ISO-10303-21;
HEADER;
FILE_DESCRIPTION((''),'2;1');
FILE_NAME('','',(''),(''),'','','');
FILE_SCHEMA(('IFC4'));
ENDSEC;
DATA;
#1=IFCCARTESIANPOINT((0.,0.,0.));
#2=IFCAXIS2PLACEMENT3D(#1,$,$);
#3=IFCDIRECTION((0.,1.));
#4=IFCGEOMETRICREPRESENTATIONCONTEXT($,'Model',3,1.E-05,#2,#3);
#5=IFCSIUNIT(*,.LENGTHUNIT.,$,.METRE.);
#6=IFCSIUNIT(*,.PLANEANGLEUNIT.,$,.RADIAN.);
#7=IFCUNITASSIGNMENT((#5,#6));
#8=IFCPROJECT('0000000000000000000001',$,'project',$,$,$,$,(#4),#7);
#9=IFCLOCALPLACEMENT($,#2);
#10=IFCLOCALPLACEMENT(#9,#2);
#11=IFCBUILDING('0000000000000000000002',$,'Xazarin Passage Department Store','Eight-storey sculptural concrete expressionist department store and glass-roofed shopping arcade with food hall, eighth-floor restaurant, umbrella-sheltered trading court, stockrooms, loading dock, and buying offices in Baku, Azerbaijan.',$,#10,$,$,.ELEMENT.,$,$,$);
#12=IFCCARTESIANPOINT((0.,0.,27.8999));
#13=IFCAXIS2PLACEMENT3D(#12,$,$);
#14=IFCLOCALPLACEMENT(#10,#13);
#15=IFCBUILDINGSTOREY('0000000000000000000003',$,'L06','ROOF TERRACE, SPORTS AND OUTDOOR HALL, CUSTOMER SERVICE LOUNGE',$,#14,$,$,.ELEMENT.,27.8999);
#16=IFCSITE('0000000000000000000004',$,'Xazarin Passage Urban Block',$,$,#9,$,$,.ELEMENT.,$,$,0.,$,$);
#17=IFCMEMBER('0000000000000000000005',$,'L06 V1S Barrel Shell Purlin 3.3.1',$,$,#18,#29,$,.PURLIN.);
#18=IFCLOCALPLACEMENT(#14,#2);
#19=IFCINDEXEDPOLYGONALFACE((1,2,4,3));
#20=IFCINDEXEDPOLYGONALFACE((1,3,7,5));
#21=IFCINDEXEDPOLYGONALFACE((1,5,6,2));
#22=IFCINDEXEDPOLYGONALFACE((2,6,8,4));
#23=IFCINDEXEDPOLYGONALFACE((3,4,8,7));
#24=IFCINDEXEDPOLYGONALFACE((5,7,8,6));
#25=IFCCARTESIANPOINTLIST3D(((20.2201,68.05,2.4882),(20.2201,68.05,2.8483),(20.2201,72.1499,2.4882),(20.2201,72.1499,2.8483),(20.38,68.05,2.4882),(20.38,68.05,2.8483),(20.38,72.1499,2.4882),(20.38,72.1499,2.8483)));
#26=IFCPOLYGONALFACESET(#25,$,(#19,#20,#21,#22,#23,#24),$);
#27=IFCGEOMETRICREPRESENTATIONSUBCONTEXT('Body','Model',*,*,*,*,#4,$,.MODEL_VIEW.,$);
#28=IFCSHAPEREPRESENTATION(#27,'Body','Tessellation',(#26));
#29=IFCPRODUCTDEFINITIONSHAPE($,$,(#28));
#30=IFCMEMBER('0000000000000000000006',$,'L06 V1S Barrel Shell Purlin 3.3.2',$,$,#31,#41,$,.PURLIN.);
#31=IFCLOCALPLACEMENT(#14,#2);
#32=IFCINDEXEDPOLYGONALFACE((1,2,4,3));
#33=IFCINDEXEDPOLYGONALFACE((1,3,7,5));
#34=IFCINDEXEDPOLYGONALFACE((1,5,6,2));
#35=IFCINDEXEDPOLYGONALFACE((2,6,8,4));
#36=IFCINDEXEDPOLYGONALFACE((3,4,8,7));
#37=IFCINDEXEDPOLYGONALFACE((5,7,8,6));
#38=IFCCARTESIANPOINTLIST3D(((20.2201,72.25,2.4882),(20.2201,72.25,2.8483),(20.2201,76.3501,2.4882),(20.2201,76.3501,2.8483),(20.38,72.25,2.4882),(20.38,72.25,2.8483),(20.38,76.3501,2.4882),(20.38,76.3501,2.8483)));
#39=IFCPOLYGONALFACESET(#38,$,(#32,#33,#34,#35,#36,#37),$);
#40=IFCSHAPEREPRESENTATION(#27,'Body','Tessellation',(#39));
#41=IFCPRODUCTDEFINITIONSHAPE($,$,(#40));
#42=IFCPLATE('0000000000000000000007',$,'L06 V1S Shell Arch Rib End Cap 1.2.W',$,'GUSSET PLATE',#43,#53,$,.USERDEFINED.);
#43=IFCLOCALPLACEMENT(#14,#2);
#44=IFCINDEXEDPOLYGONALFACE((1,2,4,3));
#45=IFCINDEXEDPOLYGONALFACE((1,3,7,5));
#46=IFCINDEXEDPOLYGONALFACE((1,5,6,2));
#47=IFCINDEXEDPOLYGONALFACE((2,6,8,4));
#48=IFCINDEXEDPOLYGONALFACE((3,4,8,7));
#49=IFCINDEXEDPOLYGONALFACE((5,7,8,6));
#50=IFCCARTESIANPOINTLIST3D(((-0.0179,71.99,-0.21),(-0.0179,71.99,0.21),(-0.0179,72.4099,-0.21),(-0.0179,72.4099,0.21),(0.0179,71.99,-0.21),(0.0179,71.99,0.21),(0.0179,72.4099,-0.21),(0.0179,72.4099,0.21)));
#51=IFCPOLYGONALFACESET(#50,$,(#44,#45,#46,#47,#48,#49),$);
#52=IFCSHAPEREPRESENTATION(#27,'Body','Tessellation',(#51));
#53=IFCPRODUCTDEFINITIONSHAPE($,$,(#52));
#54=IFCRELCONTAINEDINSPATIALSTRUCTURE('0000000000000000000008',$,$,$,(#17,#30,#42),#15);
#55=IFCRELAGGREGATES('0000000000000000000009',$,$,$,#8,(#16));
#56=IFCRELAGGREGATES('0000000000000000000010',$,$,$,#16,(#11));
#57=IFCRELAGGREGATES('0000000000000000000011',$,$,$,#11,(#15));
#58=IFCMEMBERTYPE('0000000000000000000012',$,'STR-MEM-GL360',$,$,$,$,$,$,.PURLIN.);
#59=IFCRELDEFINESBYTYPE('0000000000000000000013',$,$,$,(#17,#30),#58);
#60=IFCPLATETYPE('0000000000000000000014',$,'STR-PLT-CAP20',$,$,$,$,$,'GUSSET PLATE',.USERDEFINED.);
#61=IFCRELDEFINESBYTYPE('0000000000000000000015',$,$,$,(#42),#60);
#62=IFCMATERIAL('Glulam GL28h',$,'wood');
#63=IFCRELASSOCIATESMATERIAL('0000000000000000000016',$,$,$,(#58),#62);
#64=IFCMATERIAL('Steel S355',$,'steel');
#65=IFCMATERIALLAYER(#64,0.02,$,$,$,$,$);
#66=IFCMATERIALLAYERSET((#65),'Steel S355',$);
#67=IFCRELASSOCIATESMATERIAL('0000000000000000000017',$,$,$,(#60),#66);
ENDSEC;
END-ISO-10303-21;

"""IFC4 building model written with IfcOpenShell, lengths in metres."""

from ifc_helpers import new_model, si_unit, direction, frame, origin, origin_2d, place, context, subcontext, project, spatial, rectangle, extrude, material, layer, layer_set, material_profile, profile_set, type_object, element, save


model = new_model("IFC4")

# Units and contexts
model_context = context("Model", 3, precision=1e-05, world=origin(), true_north=direction((0.0, 1.0)))
body_context = subcontext(model_context, "Body", "Model", "MODEL_VIEW")
ifc_project = project(units=[si_unit("LENGTHUNIT", "METRE"), si_unit("PLANEANGLEUNIT", "RADIAN")], contexts=[model_context])

# Site, building, storey
site_placement = place(None, origin())
site = spatial("IfcSite", under=ifc_project, at=site_placement, Name="Xazarin Passage Urban Block", CompositionType="ELEMENT", RefElevation=0.0)
building_placement = place(site_placement, origin())
building = spatial("IfcBuilding", under=site, at=building_placement, Name="Xazarin Passage Department Store", Description="Eight-storey sculptural concrete expressionist department store and glass-roofed shopping arcade with food hall, eighth-floor restaurant, umbrella-sheltered trading court, stockrooms, loading dock, and buying offices in Baku, Azerbaijan.", CompositionType="ELEMENT")
storey_placement = place(building_placement, frame((0.0, 0.0, 27.8999)))
storey = spatial("IfcBuildingStorey", under=building, at=storey_placement, Name="L06", Description="ROOF TERRACE, SPORTS AND OUTDOOR HALL, CUSTOMER SERVICE LOUNGE", CompositionType="ELEMENT", Elevation=27.8999)

# Shared definitions
ifc_material_1 = material(Name="Steel S355", Category="steel")

# Members
ifc_material_2 = material(Name="Glulam GL28h", Category="wood")
ifc_material_profile_1 = material_profile(ifc_material_2, rectangle(XDim=0.1599, YDim=0.3601, at=origin_2d()), Name="GL28h 160x360")
ifc_profile_set_1 = profile_set([ifc_material_profile_1], Name="Glulam GL28h")
member_type = type_object("IfcMemberType", Name="STR-MEM-GL360", PredefinedType="PURLIN", material=ifc_profile_set_1)
member_1_placement = place(storey_placement, frame((20.3, 68.05, 2.6682), z_axis=(0.0, 1.0, 0.0), x_axis=(-1.0, 0.0, 0.0)))
element("IfcMember", 1, at=member_1_placement, inside=storey, type_object=member_type, Name="L06 V1S Barrel Shell Purlin 3.3.1", PredefinedType="PURLIN", context=body_context, shape_type="SweptSolid", body=[
    extrude(rectangle(XDim=0.1599, YDim=0.3601, at=origin_2d()), origin(), (0.0, 0.0, 1.0), 4.0999),
])
member_2_placement = place(storey_placement, frame((20.3, 72.25, 2.6682), z_axis=(0.0, 1.0, 0.0), x_axis=(-1.0, 0.0, 0.0)))
element("IfcMember", 2, at=member_2_placement, inside=storey, type_object=member_type, Name="L06 V1S Barrel Shell Purlin 3.3.2", PredefinedType="PURLIN", context=body_context, shape_type="SweptSolid", body=[
    extrude(rectangle(XDim=0.1599, YDim=0.3601, at=origin_2d()), origin(), (0.0, 0.0, 1.0), 4.1001),
])

# Plate
ifc_layer = layer(ifc_material_1, 0.02)
ifc_layer_set = layer_set([ifc_layer], Name="Steel S355")
plate_type = type_object("IfcPlateType", Name="STR-PLT-CAP20", ElementType="GUSSET PLATE", PredefinedType="USERDEFINED", material=ifc_layer_set)
plate_placement = place(storey_placement, frame((0.0, 72.2, -0.21), z_axis=(0.0, 0.0, 1.0), x_axis=(1.0, 0.0, 0.0)))
element("IfcPlate", 3, at=plate_placement, inside=storey, type_object=plate_type, Name="L06 V1S Shell Arch Rib End Cap 1.2.W", ObjectType="GUSSET PLATE", PredefinedType="USERDEFINED", context=body_context, shape_type="SweptSolid", body=[
    extrude(rectangle(XDim=0.0359, YDim=0.4199, at=origin_2d()), origin(), (0.0, 0.0, 1.0), 0.4199),
])

save(model, "model.ifc")
